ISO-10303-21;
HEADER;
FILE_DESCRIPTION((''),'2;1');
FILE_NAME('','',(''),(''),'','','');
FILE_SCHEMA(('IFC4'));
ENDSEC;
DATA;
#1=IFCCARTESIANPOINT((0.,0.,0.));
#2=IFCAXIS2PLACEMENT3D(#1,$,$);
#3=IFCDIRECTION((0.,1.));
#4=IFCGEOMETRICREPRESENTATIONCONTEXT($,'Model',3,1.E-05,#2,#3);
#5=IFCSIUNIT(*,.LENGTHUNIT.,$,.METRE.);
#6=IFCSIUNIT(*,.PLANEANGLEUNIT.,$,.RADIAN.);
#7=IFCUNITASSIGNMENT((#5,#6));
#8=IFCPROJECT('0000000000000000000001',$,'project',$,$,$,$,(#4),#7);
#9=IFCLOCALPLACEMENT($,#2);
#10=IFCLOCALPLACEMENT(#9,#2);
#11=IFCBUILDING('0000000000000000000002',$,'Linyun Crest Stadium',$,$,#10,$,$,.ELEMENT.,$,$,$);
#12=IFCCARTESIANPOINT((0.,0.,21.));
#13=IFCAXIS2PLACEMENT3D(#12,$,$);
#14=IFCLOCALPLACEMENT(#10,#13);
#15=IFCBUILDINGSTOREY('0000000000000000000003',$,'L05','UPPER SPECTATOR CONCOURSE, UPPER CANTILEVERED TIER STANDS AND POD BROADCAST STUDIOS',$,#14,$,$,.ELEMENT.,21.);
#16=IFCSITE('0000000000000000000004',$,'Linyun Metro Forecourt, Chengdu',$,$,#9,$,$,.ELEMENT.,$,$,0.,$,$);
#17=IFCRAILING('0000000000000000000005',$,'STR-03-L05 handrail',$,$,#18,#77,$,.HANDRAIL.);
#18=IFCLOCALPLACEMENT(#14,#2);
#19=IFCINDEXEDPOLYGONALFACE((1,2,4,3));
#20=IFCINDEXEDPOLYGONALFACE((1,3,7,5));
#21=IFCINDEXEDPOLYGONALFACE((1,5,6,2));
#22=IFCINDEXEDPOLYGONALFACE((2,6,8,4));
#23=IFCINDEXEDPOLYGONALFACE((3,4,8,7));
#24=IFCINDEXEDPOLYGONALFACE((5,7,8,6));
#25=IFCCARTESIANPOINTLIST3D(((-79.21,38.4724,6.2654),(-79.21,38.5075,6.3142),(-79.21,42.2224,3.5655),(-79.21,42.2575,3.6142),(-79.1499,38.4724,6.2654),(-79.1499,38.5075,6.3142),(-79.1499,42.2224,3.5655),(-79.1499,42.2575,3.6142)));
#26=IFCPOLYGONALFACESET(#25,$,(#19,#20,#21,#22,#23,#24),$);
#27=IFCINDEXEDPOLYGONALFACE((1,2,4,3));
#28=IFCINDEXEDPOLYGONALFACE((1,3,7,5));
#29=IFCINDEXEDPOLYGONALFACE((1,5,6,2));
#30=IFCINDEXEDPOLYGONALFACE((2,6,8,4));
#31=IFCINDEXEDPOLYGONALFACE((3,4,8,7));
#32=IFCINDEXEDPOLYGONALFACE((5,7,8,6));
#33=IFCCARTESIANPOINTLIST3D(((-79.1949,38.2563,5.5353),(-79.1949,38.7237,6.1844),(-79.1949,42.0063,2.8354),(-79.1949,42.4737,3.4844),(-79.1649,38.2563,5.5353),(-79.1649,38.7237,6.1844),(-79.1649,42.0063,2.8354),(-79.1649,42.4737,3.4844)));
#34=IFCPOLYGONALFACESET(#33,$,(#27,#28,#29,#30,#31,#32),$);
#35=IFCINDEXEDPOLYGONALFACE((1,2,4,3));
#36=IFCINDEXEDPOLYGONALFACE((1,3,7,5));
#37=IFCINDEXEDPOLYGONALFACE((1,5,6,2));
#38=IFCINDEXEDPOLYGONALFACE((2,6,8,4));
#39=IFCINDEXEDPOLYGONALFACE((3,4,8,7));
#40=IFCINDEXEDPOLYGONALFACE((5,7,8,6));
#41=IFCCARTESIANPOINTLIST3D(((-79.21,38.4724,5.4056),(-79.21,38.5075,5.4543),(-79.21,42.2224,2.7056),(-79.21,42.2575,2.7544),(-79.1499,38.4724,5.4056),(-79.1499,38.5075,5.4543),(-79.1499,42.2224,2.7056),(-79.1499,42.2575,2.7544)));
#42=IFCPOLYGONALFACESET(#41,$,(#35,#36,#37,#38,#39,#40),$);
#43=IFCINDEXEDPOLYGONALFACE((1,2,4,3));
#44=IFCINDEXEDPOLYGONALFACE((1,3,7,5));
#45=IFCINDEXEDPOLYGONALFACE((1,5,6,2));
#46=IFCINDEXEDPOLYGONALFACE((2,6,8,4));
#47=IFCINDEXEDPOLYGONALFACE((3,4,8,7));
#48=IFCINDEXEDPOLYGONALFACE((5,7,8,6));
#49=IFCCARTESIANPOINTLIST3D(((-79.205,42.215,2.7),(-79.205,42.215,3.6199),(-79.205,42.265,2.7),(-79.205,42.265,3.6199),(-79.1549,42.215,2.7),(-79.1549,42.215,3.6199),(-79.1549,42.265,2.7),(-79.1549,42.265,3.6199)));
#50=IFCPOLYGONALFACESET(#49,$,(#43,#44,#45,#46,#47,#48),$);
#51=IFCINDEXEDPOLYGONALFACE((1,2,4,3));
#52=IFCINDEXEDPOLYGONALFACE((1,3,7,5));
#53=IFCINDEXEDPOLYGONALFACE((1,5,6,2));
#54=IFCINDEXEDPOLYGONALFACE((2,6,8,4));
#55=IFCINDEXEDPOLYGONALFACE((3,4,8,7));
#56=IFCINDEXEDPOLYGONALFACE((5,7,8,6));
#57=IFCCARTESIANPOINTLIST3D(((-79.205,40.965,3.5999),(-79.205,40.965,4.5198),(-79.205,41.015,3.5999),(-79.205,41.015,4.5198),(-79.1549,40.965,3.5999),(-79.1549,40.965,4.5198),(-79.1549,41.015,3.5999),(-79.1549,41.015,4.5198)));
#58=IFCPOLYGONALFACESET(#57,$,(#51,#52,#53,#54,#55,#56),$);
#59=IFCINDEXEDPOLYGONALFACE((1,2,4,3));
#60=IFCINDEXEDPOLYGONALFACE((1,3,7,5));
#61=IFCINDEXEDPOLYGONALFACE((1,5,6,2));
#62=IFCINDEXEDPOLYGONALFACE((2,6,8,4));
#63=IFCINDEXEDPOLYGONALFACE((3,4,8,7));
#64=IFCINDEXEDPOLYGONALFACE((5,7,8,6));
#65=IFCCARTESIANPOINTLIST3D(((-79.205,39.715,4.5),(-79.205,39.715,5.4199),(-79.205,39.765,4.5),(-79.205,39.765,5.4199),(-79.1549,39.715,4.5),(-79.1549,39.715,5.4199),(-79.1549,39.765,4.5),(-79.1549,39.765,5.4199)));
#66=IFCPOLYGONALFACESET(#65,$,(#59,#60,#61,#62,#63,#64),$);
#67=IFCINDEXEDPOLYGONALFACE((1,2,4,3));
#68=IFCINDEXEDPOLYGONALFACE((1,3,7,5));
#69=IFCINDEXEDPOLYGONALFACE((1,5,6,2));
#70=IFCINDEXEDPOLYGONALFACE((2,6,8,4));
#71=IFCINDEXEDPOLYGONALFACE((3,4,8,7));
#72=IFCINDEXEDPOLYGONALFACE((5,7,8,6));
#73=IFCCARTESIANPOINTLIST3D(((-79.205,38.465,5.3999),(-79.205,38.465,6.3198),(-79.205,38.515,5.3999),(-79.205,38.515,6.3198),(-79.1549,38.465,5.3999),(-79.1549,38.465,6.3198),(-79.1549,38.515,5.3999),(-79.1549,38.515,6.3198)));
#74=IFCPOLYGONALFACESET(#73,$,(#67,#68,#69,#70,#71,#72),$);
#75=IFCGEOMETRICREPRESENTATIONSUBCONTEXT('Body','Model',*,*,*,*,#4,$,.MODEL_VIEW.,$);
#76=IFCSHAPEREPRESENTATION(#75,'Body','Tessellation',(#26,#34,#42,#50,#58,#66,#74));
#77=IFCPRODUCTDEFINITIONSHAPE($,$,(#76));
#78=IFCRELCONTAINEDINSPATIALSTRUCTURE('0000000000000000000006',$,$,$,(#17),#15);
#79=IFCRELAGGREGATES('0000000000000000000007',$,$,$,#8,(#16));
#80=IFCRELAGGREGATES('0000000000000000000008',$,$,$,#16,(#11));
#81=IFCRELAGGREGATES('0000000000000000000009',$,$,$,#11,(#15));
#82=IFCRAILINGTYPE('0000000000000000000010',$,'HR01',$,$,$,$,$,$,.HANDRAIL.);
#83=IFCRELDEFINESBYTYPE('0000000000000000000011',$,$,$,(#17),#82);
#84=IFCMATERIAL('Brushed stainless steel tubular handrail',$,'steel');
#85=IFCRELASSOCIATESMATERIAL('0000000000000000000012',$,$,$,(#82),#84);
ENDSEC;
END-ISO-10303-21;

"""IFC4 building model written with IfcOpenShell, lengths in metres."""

from ifc_helpers import new_model, si_unit, direction, frame, origin, origin_2d, place, context, subcontext, project, spatial, rectangle, extrude, material, type_object, element, save


model = new_model("IFC4")

# Units and contexts
model_context = context("Model", 3, precision=1e-05, world=origin(), true_north=direction((0.0, 1.0)))
body_context = subcontext(model_context, "Body", "Model", "MODEL_VIEW")
ifc_project = project(units=[si_unit("LENGTHUNIT", "METRE"), si_unit("PLANEANGLEUNIT", "RADIAN")], contexts=[model_context])

# Site, building, storey
site_placement = place(None, origin())
site = spatial("IfcSite", under=ifc_project, at=site_placement, Name="Linyun Metro Forecourt, Chengdu", CompositionType="ELEMENT", RefElevation=0.0)
building_placement = place(site_placement, origin())
building = spatial("IfcBuilding", under=site, at=building_placement, Name="Linyun Crest Stadium", CompositionType="ELEMENT")
storey_placement = place(building_placement, frame((0.0, 0.0, 21.0)))
storey = spatial("IfcBuildingStorey", under=building, at=storey_placement, Name="L05", Description="UPPER SPECTATOR CONCOURSE, UPPER CANTILEVERED TIER STANDS AND POD BROADCAST STUDIOS", CompositionType="ELEMENT", Elevation=21.0)

# Railing
ifc_material_1 = material(Name="Brushed stainless steel tubular handrail", Category="steel")
railing_type_1 = type_object("IfcRailingType", Name="HR01", PredefinedType="HANDRAIL", material=ifc_material_1)
railing_1_placement = place(storey_placement, frame((-79.1799, 42.24, 2.7)))
element("IfcRailing", 1, at=railing_1_placement, inside=storey, type_object=railing_type_1, Name="STR-03-L05 handrail", PredefinedType="HANDRAIL", context=body_context, shape_type="SweptSolid", body=[
    extrude(rectangle(XDim=0.0601, YDim=0.0601, at=origin_2d()), frame((0.0, 0.0, 0.8899), z_axis=(0.0, -0.811539, 0.584298), x_axis=(1.0, 0.0, 0.0)), (0.0, 0.0, 1.0), 4.6208),
    extrude(rectangle(XDim=0.03, YDim=0.7998, at=origin_2d()), frame((0.0, 0.0, 0.46), z_axis=(0.0, -0.811539, 0.584298), x_axis=(1.0, 0.0, 0.0)), (0.0, 0.0, 1.0), 4.6208),
    extrude(rectangle(XDim=0.0601, YDim=0.0601, at=origin_2d()), frame((0.0, 0.0, 0.03), z_axis=(0.0, -0.811539, 0.584298), x_axis=(1.0, 0.0, 0.0)), (0.0, 0.0, 1.0), 4.6208),
    extrude(rectangle(XDim=0.05, YDim=0.05, at=origin_2d()), origin(), (0.0, 0.0, 1.0), 0.9199),
    extrude(rectangle(XDim=0.05, YDim=0.05, at=origin_2d()), frame((0.0, -1.25, 0.8999)), (0.0, 0.0, 1.0), 0.9199),
    extrude(rectangle(XDim=0.05, YDim=0.05, at=origin_2d()), frame((0.0, -2.5, 1.8)), (0.0, 0.0, 1.0), 0.9199),
    extrude(rectangle(XDim=0.05, YDim=0.05, at=origin_2d()), frame((0.0, -3.75, 2.7)), (0.0, 0.0, 1.0), 0.9199),
])

save(model, "model.ifc")
